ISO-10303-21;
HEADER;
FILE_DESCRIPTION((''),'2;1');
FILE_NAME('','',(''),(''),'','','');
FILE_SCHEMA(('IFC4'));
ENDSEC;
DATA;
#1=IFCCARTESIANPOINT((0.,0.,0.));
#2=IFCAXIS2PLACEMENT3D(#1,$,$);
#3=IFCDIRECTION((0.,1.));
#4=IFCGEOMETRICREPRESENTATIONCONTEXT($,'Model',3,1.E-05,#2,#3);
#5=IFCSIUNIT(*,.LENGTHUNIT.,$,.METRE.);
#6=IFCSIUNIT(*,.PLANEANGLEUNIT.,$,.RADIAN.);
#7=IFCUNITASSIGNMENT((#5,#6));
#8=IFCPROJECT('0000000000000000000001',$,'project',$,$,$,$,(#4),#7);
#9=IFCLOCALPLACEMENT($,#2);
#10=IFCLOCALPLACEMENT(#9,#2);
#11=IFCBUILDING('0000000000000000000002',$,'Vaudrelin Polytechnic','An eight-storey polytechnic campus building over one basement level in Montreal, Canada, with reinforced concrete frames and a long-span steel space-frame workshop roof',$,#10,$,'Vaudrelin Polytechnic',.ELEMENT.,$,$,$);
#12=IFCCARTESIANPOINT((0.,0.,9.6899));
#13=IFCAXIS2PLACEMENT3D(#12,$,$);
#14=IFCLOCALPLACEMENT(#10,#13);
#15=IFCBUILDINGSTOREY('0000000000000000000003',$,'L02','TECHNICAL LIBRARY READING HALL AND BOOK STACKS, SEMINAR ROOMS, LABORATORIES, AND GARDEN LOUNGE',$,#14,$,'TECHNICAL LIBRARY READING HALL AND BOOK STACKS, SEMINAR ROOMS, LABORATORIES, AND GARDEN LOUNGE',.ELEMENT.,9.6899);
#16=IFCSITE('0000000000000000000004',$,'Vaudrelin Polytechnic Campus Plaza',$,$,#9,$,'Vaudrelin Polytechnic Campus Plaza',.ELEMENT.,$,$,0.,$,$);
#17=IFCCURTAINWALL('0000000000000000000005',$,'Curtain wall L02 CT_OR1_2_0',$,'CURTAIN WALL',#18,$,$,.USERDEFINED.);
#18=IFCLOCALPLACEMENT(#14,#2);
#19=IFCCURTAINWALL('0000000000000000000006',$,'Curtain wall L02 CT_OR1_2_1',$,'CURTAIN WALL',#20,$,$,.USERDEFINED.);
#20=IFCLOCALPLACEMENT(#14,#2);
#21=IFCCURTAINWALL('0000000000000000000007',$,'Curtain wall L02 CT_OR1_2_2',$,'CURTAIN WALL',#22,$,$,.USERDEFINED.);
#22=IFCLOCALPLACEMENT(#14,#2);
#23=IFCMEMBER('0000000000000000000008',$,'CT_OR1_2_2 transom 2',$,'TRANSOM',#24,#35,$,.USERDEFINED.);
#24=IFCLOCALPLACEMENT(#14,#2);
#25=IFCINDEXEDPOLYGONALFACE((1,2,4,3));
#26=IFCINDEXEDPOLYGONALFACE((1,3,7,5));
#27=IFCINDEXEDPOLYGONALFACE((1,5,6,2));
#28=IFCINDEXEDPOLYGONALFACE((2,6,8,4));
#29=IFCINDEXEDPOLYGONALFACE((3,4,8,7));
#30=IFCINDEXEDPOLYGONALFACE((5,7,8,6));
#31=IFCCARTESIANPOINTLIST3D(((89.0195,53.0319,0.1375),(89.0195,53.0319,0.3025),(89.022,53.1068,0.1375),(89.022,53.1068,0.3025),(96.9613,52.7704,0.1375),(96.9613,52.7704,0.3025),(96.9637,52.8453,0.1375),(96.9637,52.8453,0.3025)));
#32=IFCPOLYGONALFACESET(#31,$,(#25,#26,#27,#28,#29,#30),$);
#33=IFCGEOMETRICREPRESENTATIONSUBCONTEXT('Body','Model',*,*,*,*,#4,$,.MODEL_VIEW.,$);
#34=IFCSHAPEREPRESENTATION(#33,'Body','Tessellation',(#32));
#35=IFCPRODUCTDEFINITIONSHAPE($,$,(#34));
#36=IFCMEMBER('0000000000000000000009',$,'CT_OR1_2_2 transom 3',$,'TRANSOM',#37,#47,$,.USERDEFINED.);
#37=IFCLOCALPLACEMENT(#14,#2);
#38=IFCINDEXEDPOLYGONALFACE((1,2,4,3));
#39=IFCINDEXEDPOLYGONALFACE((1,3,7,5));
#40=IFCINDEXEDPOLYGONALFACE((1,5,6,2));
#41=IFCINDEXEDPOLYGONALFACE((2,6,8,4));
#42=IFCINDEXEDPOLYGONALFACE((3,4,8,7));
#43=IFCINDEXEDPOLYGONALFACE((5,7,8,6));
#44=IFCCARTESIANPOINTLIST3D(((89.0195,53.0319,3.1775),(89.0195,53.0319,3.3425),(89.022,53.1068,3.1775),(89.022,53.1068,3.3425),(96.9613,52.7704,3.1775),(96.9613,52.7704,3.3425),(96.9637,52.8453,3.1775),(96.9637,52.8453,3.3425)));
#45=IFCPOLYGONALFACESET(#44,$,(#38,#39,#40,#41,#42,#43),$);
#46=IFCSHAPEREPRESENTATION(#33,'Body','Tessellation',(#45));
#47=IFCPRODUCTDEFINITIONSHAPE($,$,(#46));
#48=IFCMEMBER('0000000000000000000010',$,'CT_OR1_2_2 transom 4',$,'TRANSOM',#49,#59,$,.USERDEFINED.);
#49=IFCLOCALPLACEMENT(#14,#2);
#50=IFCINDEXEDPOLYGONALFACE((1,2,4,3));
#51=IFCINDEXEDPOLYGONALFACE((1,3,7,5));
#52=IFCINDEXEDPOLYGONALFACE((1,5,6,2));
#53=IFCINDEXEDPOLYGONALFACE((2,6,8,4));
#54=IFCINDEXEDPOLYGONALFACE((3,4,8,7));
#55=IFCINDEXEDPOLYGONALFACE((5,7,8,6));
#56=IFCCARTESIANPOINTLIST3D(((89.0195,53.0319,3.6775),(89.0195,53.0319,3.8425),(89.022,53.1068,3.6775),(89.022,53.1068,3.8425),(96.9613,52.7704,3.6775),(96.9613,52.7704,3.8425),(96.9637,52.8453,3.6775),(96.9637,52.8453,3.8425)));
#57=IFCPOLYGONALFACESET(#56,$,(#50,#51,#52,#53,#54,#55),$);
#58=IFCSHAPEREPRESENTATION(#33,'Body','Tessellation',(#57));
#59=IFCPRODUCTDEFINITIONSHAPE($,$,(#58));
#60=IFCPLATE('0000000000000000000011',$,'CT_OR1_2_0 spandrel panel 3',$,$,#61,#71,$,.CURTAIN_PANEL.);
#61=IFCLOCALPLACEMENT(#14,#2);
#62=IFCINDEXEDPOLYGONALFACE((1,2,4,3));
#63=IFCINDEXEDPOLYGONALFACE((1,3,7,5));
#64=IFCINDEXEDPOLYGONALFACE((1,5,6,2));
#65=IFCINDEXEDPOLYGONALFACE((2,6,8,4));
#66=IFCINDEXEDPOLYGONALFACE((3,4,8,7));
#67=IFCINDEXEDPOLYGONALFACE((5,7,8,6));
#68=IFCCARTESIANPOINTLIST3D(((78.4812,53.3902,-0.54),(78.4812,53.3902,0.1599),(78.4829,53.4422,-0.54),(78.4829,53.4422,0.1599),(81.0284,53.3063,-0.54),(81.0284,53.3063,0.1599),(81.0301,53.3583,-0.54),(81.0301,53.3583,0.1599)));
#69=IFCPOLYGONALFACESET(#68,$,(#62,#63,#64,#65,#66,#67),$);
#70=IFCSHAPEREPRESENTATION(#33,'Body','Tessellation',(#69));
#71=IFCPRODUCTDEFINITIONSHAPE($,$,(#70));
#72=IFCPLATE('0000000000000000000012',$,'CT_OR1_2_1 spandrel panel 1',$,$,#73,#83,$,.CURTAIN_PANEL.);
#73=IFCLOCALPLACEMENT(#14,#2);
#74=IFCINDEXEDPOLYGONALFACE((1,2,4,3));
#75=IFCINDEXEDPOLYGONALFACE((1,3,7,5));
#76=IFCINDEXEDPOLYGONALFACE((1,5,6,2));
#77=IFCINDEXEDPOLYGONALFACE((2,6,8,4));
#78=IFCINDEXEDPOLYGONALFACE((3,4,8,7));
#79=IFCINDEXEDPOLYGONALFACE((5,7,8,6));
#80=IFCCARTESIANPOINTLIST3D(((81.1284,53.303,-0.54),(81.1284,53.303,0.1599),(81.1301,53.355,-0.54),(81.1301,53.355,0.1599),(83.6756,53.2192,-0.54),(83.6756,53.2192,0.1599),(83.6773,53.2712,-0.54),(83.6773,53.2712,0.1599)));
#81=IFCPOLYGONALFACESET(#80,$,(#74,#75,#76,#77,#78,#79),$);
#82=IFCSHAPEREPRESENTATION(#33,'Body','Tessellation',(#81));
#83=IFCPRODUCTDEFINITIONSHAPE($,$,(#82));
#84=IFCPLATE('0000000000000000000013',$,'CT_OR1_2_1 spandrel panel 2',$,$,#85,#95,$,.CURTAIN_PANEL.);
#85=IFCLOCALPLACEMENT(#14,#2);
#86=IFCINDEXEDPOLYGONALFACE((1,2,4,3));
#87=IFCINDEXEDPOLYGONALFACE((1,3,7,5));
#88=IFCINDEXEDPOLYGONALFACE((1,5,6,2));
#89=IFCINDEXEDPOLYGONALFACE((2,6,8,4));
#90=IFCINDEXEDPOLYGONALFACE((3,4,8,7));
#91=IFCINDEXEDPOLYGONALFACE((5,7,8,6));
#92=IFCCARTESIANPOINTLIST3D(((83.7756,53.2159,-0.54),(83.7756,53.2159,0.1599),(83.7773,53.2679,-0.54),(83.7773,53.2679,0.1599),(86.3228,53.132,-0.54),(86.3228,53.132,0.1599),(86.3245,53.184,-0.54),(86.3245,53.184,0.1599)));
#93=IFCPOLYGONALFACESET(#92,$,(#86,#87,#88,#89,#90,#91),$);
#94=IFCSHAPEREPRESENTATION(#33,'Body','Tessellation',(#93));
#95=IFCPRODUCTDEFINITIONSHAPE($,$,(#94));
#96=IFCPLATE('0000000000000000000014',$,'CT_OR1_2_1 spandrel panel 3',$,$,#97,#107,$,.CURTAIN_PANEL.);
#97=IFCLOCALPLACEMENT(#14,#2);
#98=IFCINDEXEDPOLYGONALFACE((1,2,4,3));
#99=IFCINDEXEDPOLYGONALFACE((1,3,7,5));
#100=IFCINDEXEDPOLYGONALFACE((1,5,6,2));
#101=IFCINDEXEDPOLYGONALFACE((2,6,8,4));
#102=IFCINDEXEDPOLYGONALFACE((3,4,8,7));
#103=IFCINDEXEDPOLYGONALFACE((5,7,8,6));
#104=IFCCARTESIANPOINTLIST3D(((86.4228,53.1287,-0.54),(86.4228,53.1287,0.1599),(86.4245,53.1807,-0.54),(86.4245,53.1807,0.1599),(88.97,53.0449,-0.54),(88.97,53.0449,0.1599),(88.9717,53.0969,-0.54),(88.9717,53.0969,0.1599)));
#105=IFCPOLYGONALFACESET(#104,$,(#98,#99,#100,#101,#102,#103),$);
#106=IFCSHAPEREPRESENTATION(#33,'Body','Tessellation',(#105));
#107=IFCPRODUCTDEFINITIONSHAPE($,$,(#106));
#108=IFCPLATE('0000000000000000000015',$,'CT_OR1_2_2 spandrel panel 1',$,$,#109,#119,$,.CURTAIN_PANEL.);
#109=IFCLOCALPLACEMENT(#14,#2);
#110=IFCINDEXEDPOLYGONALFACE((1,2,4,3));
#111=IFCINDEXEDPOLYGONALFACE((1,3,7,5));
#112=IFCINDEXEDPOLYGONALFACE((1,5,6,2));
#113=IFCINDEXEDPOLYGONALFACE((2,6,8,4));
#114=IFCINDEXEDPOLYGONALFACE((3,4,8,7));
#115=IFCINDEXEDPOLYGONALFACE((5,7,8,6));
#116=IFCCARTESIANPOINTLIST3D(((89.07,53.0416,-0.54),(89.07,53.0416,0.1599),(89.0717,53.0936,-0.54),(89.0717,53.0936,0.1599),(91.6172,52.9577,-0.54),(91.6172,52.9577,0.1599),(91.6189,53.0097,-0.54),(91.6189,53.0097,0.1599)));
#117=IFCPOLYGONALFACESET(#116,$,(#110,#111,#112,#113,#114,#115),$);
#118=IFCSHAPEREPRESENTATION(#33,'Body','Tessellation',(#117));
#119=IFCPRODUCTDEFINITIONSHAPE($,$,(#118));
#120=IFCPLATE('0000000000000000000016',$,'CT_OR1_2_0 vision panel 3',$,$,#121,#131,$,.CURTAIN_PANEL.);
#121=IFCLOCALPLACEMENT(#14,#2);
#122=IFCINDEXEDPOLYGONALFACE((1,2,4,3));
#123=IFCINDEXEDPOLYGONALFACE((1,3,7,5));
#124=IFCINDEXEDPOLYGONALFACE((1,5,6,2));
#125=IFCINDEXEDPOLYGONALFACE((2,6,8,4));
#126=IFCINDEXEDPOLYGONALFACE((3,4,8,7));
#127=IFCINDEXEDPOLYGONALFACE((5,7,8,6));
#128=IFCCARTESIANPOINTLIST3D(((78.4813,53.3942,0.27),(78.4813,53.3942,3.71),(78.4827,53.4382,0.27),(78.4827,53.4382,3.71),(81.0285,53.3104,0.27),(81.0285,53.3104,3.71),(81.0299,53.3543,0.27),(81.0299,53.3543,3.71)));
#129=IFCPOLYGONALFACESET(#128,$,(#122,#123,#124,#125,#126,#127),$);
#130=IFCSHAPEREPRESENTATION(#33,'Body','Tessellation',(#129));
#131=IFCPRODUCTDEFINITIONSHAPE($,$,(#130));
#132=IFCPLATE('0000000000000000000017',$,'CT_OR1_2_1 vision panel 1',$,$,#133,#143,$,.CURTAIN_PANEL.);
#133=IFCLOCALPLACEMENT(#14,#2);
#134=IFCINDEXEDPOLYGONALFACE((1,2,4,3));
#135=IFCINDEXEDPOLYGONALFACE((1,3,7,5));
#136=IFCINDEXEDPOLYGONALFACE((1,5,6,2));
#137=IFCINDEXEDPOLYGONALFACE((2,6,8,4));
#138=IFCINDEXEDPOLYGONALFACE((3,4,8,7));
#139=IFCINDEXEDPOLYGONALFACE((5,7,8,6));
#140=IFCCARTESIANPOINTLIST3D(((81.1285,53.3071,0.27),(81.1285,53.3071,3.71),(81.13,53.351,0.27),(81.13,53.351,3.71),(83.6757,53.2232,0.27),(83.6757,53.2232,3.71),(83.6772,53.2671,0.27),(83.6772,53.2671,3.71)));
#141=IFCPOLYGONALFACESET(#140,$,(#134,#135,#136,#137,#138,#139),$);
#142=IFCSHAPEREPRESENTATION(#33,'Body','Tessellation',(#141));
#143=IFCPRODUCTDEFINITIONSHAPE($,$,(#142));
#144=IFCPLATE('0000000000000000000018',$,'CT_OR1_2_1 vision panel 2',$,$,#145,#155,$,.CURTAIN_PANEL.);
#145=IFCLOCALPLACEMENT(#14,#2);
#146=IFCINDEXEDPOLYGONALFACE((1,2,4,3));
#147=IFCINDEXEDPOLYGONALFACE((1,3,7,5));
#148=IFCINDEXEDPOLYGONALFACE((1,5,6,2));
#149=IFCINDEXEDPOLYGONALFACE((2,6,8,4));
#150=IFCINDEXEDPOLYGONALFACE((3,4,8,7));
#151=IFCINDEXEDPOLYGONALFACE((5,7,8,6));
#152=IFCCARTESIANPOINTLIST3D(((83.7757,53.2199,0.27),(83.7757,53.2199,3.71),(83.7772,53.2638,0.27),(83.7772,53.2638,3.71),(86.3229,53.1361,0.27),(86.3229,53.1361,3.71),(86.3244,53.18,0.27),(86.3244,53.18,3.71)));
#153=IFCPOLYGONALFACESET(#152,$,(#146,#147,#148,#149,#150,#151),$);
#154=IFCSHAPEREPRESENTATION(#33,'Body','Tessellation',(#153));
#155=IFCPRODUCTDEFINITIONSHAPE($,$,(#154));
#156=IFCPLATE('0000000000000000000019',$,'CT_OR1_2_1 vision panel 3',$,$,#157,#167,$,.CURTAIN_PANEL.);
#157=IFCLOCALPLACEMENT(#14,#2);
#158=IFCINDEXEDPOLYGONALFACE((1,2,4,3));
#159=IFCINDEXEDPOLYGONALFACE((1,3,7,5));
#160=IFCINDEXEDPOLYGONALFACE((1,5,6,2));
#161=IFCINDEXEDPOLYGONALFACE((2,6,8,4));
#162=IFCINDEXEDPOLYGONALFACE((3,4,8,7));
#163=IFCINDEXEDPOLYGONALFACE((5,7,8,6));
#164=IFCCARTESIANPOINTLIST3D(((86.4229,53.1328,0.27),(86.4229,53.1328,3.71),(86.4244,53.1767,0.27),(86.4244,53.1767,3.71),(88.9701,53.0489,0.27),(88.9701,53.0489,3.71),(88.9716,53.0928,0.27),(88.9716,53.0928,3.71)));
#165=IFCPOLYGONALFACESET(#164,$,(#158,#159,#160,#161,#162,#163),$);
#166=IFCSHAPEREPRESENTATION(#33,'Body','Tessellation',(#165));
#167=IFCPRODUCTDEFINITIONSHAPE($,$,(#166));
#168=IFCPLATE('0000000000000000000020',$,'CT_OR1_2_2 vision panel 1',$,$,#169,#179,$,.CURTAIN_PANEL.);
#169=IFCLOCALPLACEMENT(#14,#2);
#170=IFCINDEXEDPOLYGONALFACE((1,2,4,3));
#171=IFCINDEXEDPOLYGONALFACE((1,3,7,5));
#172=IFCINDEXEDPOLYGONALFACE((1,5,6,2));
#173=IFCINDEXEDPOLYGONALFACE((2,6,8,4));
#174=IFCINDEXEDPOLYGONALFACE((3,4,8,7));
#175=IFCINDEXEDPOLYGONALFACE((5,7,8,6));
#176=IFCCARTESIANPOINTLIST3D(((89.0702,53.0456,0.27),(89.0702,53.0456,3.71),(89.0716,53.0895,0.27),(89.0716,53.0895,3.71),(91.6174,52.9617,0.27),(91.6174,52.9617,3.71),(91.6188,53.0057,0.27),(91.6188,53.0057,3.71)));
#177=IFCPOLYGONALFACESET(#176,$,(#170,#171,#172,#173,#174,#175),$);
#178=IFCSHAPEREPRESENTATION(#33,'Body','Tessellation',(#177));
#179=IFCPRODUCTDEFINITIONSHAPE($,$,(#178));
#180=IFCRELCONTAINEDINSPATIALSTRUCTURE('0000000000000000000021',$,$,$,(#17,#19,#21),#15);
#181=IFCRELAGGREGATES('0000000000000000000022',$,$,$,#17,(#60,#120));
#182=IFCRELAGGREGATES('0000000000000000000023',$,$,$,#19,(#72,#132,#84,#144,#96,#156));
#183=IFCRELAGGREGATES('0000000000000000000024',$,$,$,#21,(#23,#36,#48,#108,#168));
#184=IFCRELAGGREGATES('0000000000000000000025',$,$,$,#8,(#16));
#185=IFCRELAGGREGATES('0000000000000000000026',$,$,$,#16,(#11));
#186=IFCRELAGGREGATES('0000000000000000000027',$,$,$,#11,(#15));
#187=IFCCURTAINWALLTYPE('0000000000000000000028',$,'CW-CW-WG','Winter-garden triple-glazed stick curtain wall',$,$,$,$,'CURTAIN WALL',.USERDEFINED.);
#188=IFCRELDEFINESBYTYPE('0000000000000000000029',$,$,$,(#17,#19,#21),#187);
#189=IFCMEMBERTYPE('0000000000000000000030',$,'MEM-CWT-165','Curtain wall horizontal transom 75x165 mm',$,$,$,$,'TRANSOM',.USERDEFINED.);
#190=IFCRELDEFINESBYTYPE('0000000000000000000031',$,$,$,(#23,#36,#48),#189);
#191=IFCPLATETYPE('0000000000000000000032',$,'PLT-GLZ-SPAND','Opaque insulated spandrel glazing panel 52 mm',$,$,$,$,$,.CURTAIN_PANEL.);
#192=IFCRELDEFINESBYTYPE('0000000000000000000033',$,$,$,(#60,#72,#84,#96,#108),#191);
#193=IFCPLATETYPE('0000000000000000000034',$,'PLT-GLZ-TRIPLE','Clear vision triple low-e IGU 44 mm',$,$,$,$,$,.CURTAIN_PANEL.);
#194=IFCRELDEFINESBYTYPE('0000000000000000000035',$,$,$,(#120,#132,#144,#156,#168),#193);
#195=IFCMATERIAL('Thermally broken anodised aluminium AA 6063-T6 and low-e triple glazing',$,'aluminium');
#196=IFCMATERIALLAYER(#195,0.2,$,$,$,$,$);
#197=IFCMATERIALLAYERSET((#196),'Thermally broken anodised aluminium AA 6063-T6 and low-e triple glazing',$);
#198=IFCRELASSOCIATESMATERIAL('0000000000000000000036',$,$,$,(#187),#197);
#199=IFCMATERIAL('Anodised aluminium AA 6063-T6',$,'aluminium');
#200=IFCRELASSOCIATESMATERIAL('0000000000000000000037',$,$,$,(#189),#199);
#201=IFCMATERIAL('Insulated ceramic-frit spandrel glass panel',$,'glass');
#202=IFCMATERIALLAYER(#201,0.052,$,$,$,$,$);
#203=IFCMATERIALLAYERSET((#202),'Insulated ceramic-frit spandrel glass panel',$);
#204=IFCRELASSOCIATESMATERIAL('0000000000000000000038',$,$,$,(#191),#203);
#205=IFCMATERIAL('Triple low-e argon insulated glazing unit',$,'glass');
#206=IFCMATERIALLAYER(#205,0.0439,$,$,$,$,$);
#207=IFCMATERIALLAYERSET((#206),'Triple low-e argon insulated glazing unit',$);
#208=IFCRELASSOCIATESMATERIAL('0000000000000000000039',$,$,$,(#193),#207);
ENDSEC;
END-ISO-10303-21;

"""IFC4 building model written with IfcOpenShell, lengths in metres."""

from ifc_helpers import new_model, si_unit, direction, frame, origin, origin_2d, place, context, subcontext, project, spatial, rectangle, extrude, material, layer, layer_set, material_profile, profile_set, type_object, element, aggregate, save


model = new_model("IFC4")

# Units and contexts
model_context = context("Model", 3, precision=1e-05, world=origin(), true_north=direction((0.0, 1.0)))
body_context = subcontext(model_context, "Body", "Model", "MODEL_VIEW")
ifc_project = project(units=[si_unit("LENGTHUNIT", "METRE"), si_unit("PLANEANGLEUNIT", "RADIAN")], contexts=[model_context])

# Site, building, storey
site_placement = place(None, origin())
site = spatial("IfcSite", under=ifc_project, at=site_placement, Name="Vaudrelin Polytechnic Campus Plaza", LongName="Vaudrelin Polytechnic Campus Plaza", CompositionType="ELEMENT", RefElevation=0.0)
building_placement = place(site_placement, origin())
building = spatial("IfcBuilding", under=site, at=building_placement, Name="Vaudrelin Polytechnic", Description="An eight-storey polytechnic campus building over one basement level in Montreal, Canada, with reinforced concrete frames and a long-span steel space-frame workshop roof", LongName="Vaudrelin Polytechnic", CompositionType="ELEMENT")
storey_placement = place(building_placement, frame((0.0, 0.0, 9.6899)))
storey = spatial("IfcBuildingStorey", under=building, at=storey_placement, Name="L02", Description="TECHNICAL LIBRARY READING HALL AND BOOK STACKS, SEMINAR ROOMS, LABORATORIES, AND GARDEN LOUNGE", LongName="TECHNICAL LIBRARY READING HALL AND BOOK STACKS, SEMINAR ROOMS, LABORATORIES, AND GARDEN LOUNGE", CompositionType="ELEMENT", Elevation=9.6899)

# Curtain walls
ifc_material_1 = material(Name="Thermally broken anodised aluminium AA 6063-T6 and low-e triple glazing", Category="aluminium")
ifc_layer_1 = layer(ifc_material_1, 0.2)
ifc_layer_set_1 = layer_set([ifc_layer_1], Name="Thermally broken anodised aluminium AA 6063-T6 and low-e triple glazing")
curtain_wall_type = type_object("IfcCurtainWallType", Name="CW-CW-WG", Description="Winter-garden triple-glazed stick curtain wall", ElementType="CURTAIN WALL", PredefinedType="USERDEFINED", material=ifc_layer_set_1)
curtain_wall_1_placement = place(storey_placement, origin())
curtain_wall_1 = element("IfcCurtainWall", 1, at=curtain_wall_1_placement, inside=storey, type_object=curtain_wall_type, Name="Curtain wall L02 CT_OR1_2_0", ObjectType="CURTAIN WALL", PredefinedType="USERDEFINED")
ifc_material_2 = material(Name="Anodised aluminium AA 6063-T6", Category="aluminium")
curtain_wall_2_placement = place(storey_placement, origin())
curtain_wall_2 = element("IfcCurtainWall", 2, at=curtain_wall_2_placement, inside=storey, type_object=curtain_wall_type, Name="Curtain wall L02 CT_OR1_2_1", ObjectType="CURTAIN WALL", PredefinedType="USERDEFINED")
curtain_wall_3_placement = place(storey_placement, origin())
curtain_wall_3 = element("IfcCurtainWall", 3, at=curtain_wall_3_placement, inside=storey, type_object=curtain_wall_type, Name="Curtain wall L02 CT_OR1_2_2", ObjectType="CURTAIN WALL", PredefinedType="USERDEFINED")

# Members
ifc_material_profile_1 = material_profile(ifc_material_2, rectangle(XDim=0.075, YDim=0.165, at=origin_2d()), Name="CWT-75x165")
ifc_profile_set_1 = profile_set([ifc_material_profile_1], Name="Anodised aluminium AA 6063-T6")
member_type_1 = type_object("IfcMemberType", Name="MEM-CWT-165", Description="Curtain wall horizontal transom 75x165 mm", ElementType="TRANSOM", PredefinedType="USERDEFINED", material=ifc_profile_set_1)
member_1_placement = place(storey_placement, frame((89.0208, 53.0693, 0.22), z_axis=(0.999458, -0.032907, 0.0), x_axis=(0.032907, 0.999458, 0.0)))
member_1 = element("IfcMember", 4, at=member_1_placement, type_object=member_type_1, Name="CT_OR1_2_2 transom 2", ObjectType="TRANSOM", PredefinedType="USERDEFINED", context=body_context, shape_type="SweptSolid", body=[
    extrude(rectangle(XDim=0.075, YDim=0.165, at=origin_2d()), origin(), (0.0, 0.0, 1.0), 7.946),
])
member_2_placement = place(storey_placement, frame((89.0208, 53.0693, 3.26), z_axis=(0.999458, -0.032907, 0.0), x_axis=(0.032907, 0.999458, 0.0)))
member_2 = element("IfcMember", 5, at=member_2_placement, type_object=member_type_1, Name="CT_OR1_2_2 transom 3", ObjectType="TRANSOM", PredefinedType="USERDEFINED", context=body_context, shape_type="SweptSolid", body=[
    extrude(rectangle(XDim=0.075, YDim=0.165, at=origin_2d()), origin(), (0.0, 0.0, 1.0), 7.946),
])
member_3_placement = place(storey_placement, frame((89.0208, 53.0693, 3.76), z_axis=(0.999458, -0.032907, 0.0), x_axis=(0.032907, 0.999458, 0.0)))
member_3 = element("IfcMember", 6, at=member_3_placement, type_object=member_type_1, Name="CT_OR1_2_2 transom 4", ObjectType="TRANSOM", PredefinedType="USERDEFINED", context=body_context, shape_type="SweptSolid", body=[
    extrude(rectangle(XDim=0.075, YDim=0.165, at=origin_2d()), origin(), (0.0, 0.0, 1.0), 7.946),
])

# Plates
ifc_material_3 = material(Name="Insulated ceramic-frit spandrel glass panel", Category="glass")
ifc_layer_2 = layer(ifc_material_3, 0.052)
ifc_layer_set_2 = layer_set([ifc_layer_2], Name="Insulated ceramic-frit spandrel glass panel")
plate_type_1 = type_object("IfcPlateType", Name="PLT-GLZ-SPAND", Description="Opaque insulated spandrel glazing panel 52 mm", PredefinedType="CURTAIN_PANEL", material=ifc_layer_set_2)
plate_1_placement = place(storey_placement, frame((79.7556, 53.3743, -0.54), z_axis=(0.0, 0.0, 1.0), x_axis=(0.999458, -0.03291, 0.0)))
plate_1 = element("IfcPlate", 7, at=plate_1_placement, type_object=plate_type_1, Name="CT_OR1_2_0 spandrel panel 3", PredefinedType="CURTAIN_PANEL", context=body_context, shape_type="SweptSolid", body=[
    extrude(rectangle(XDim=2.5486, YDim=0.052, at=origin_2d()), origin(), (0.0, 0.0, 1.0), 0.7),
])
plate_2_placement = place(storey_placement, frame((82.4028, 53.2871, -0.54), z_axis=(0.0, 0.0, 1.0), x_axis=(0.999459, -0.032897, 0.0)))
plate_2 = element("IfcPlate", 8, at=plate_2_placement, type_object=plate_type_1, Name="CT_OR1_2_1 spandrel panel 1", PredefinedType="CURTAIN_PANEL", context=body_context, shape_type="SweptSolid", body=[
    extrude(rectangle(XDim=2.5486, YDim=0.052, at=origin_2d()), origin(), (0.0, 0.0, 1.0), 0.7),
])
plate_3_placement = place(storey_placement, frame((85.05, 53.2, -0.54), z_axis=(0.0, 0.0, 1.0), x_axis=(0.999459, -0.032897, 0.0)))
plate_3 = element("IfcPlate", 9, at=plate_3_placement, type_object=plate_type_1, Name="CT_OR1_2_1 spandrel panel 2", PredefinedType="CURTAIN_PANEL", context=body_context, shape_type="SweptSolid", body=[
    extrude(rectangle(XDim=2.5486, YDim=0.052, at=origin_2d()), origin(), (0.0, 0.0, 1.0), 0.7),
])
plate_4_placement = place(storey_placement, frame((87.6973, 53.1128, -0.54), z_axis=(0.0, 0.0, 1.0), x_axis=(0.999459, -0.032897, 0.0)))
plate_4 = element("IfcPlate", 10, at=plate_4_placement, type_object=plate_type_1, Name="CT_OR1_2_1 spandrel panel 3", PredefinedType="CURTAIN_PANEL", context=body_context, shape_type="SweptSolid", body=[
    extrude(rectangle(XDim=2.5486, YDim=0.052, at=origin_2d()), origin(), (0.0, 0.0, 1.0), 0.7),
])
plate_5_placement = place(storey_placement, frame((90.3445, 53.0256, -0.54), z_axis=(0.0, 0.0, 1.0), x_axis=(0.999458, -0.03291, 0.0)))
plate_5 = element("IfcPlate", 11, at=plate_5_placement, type_object=plate_type_1, Name="CT_OR1_2_2 spandrel panel 1", PredefinedType="CURTAIN_PANEL", context=body_context, shape_type="SweptSolid", body=[
    extrude(rectangle(XDim=2.5486, YDim=0.052, at=origin_2d()), origin(), (0.0, 0.0, 1.0), 0.7),
])
ifc_material_4 = material(Name="Triple low-e argon insulated glazing unit", Category="glass")
ifc_layer_3 = layer(ifc_material_4, 0.0439)
ifc_layer_set_3 = layer_set([ifc_layer_3], Name="Triple low-e argon insulated glazing unit")
plate_type_2 = type_object("IfcPlateType", Name="PLT-GLZ-TRIPLE", Description="Clear vision triple low-e IGU 44 mm", PredefinedType="CURTAIN_PANEL", material=ifc_layer_set_3)
plate_6_placement = place(storey_placement, frame((79.7556, 53.3743, 0.27), z_axis=(0.0, 0.0, 1.0), x_axis=(0.999458, -0.03291, 0.0)))
plate_6 = element("IfcPlate", 12, at=plate_6_placement, type_object=plate_type_2, Name="CT_OR1_2_0 vision panel 3", PredefinedType="CURTAIN_PANEL", context=body_context, shape_type="SweptSolid", body=[
    extrude(rectangle(XDim=2.5486, YDim=0.0439, at=origin_2d()), origin(), (0.0, 0.0, 1.0), 3.4399),
])
aggregate(curtain_wall_1, [plate_1, plate_6])
plate_7_placement = place(storey_placement, frame((82.4028, 53.2871, 0.27), z_axis=(0.0, 0.0, 1.0), x_axis=(0.999459, -0.032897, 0.0)))
plate_7 = element("IfcPlate", 13, at=plate_7_placement, type_object=plate_type_2, Name="CT_OR1_2_1 vision panel 1", PredefinedType="CURTAIN_PANEL", context=body_context, shape_type="SweptSolid", body=[
    extrude(rectangle(XDim=2.5486, YDim=0.0439, at=origin_2d()), origin(), (0.0, 0.0, 1.0), 3.4399),
])
plate_8_placement = place(storey_placement, frame((85.05, 53.2, 0.27), z_axis=(0.0, 0.0, 1.0), x_axis=(0.999459, -0.032897, 0.0)))
plate_8 = element("IfcPlate", 14, at=plate_8_placement, type_object=plate_type_2, Name="CT_OR1_2_1 vision panel 2", PredefinedType="CURTAIN_PANEL", context=body_context, shape_type="SweptSolid", body=[
    extrude(rectangle(XDim=2.5486, YDim=0.0439, at=origin_2d()), origin(), (0.0, 0.0, 1.0), 3.4399),
])
plate_9_placement = place(storey_placement, frame((87.6973, 53.1128, 0.27), z_axis=(0.0, 0.0, 1.0), x_axis=(0.999459, -0.032897, 0.0)))
plate_9 = element("IfcPlate", 15, at=plate_9_placement, type_object=plate_type_2, Name="CT_OR1_2_1 vision panel 3", PredefinedType="CURTAIN_PANEL", context=body_context, shape_type="SweptSolid", body=[
    extrude(rectangle(XDim=2.5486, YDim=0.0439, at=origin_2d()), origin(), (0.0, 0.0, 1.0), 3.4399),
])
aggregate(curtain_wall_2, [plate_2, plate_7, plate_3, plate_8, plate_4, plate_9])
plate_10_placement = place(storey_placement, frame((90.3445, 53.0256, 0.27), z_axis=(0.0, 0.0, 1.0), x_axis=(0.999458, -0.03291, 0.0)))
plate_10 = element("IfcPlate", 16, at=plate_10_placement, type_object=plate_type_2, Name="CT_OR1_2_2 vision panel 1", PredefinedType="CURTAIN_PANEL", context=body_context, shape_type="SweptSolid", body=[
    extrude(rectangle(XDim=2.5486, YDim=0.0439, at=origin_2d()), origin(), (0.0, 0.0, 1.0), 3.4399),
])
aggregate(curtain_wall_3, [member_1, member_2, member_3, plate_5, plate_10])

save(model, "model.ifc")
